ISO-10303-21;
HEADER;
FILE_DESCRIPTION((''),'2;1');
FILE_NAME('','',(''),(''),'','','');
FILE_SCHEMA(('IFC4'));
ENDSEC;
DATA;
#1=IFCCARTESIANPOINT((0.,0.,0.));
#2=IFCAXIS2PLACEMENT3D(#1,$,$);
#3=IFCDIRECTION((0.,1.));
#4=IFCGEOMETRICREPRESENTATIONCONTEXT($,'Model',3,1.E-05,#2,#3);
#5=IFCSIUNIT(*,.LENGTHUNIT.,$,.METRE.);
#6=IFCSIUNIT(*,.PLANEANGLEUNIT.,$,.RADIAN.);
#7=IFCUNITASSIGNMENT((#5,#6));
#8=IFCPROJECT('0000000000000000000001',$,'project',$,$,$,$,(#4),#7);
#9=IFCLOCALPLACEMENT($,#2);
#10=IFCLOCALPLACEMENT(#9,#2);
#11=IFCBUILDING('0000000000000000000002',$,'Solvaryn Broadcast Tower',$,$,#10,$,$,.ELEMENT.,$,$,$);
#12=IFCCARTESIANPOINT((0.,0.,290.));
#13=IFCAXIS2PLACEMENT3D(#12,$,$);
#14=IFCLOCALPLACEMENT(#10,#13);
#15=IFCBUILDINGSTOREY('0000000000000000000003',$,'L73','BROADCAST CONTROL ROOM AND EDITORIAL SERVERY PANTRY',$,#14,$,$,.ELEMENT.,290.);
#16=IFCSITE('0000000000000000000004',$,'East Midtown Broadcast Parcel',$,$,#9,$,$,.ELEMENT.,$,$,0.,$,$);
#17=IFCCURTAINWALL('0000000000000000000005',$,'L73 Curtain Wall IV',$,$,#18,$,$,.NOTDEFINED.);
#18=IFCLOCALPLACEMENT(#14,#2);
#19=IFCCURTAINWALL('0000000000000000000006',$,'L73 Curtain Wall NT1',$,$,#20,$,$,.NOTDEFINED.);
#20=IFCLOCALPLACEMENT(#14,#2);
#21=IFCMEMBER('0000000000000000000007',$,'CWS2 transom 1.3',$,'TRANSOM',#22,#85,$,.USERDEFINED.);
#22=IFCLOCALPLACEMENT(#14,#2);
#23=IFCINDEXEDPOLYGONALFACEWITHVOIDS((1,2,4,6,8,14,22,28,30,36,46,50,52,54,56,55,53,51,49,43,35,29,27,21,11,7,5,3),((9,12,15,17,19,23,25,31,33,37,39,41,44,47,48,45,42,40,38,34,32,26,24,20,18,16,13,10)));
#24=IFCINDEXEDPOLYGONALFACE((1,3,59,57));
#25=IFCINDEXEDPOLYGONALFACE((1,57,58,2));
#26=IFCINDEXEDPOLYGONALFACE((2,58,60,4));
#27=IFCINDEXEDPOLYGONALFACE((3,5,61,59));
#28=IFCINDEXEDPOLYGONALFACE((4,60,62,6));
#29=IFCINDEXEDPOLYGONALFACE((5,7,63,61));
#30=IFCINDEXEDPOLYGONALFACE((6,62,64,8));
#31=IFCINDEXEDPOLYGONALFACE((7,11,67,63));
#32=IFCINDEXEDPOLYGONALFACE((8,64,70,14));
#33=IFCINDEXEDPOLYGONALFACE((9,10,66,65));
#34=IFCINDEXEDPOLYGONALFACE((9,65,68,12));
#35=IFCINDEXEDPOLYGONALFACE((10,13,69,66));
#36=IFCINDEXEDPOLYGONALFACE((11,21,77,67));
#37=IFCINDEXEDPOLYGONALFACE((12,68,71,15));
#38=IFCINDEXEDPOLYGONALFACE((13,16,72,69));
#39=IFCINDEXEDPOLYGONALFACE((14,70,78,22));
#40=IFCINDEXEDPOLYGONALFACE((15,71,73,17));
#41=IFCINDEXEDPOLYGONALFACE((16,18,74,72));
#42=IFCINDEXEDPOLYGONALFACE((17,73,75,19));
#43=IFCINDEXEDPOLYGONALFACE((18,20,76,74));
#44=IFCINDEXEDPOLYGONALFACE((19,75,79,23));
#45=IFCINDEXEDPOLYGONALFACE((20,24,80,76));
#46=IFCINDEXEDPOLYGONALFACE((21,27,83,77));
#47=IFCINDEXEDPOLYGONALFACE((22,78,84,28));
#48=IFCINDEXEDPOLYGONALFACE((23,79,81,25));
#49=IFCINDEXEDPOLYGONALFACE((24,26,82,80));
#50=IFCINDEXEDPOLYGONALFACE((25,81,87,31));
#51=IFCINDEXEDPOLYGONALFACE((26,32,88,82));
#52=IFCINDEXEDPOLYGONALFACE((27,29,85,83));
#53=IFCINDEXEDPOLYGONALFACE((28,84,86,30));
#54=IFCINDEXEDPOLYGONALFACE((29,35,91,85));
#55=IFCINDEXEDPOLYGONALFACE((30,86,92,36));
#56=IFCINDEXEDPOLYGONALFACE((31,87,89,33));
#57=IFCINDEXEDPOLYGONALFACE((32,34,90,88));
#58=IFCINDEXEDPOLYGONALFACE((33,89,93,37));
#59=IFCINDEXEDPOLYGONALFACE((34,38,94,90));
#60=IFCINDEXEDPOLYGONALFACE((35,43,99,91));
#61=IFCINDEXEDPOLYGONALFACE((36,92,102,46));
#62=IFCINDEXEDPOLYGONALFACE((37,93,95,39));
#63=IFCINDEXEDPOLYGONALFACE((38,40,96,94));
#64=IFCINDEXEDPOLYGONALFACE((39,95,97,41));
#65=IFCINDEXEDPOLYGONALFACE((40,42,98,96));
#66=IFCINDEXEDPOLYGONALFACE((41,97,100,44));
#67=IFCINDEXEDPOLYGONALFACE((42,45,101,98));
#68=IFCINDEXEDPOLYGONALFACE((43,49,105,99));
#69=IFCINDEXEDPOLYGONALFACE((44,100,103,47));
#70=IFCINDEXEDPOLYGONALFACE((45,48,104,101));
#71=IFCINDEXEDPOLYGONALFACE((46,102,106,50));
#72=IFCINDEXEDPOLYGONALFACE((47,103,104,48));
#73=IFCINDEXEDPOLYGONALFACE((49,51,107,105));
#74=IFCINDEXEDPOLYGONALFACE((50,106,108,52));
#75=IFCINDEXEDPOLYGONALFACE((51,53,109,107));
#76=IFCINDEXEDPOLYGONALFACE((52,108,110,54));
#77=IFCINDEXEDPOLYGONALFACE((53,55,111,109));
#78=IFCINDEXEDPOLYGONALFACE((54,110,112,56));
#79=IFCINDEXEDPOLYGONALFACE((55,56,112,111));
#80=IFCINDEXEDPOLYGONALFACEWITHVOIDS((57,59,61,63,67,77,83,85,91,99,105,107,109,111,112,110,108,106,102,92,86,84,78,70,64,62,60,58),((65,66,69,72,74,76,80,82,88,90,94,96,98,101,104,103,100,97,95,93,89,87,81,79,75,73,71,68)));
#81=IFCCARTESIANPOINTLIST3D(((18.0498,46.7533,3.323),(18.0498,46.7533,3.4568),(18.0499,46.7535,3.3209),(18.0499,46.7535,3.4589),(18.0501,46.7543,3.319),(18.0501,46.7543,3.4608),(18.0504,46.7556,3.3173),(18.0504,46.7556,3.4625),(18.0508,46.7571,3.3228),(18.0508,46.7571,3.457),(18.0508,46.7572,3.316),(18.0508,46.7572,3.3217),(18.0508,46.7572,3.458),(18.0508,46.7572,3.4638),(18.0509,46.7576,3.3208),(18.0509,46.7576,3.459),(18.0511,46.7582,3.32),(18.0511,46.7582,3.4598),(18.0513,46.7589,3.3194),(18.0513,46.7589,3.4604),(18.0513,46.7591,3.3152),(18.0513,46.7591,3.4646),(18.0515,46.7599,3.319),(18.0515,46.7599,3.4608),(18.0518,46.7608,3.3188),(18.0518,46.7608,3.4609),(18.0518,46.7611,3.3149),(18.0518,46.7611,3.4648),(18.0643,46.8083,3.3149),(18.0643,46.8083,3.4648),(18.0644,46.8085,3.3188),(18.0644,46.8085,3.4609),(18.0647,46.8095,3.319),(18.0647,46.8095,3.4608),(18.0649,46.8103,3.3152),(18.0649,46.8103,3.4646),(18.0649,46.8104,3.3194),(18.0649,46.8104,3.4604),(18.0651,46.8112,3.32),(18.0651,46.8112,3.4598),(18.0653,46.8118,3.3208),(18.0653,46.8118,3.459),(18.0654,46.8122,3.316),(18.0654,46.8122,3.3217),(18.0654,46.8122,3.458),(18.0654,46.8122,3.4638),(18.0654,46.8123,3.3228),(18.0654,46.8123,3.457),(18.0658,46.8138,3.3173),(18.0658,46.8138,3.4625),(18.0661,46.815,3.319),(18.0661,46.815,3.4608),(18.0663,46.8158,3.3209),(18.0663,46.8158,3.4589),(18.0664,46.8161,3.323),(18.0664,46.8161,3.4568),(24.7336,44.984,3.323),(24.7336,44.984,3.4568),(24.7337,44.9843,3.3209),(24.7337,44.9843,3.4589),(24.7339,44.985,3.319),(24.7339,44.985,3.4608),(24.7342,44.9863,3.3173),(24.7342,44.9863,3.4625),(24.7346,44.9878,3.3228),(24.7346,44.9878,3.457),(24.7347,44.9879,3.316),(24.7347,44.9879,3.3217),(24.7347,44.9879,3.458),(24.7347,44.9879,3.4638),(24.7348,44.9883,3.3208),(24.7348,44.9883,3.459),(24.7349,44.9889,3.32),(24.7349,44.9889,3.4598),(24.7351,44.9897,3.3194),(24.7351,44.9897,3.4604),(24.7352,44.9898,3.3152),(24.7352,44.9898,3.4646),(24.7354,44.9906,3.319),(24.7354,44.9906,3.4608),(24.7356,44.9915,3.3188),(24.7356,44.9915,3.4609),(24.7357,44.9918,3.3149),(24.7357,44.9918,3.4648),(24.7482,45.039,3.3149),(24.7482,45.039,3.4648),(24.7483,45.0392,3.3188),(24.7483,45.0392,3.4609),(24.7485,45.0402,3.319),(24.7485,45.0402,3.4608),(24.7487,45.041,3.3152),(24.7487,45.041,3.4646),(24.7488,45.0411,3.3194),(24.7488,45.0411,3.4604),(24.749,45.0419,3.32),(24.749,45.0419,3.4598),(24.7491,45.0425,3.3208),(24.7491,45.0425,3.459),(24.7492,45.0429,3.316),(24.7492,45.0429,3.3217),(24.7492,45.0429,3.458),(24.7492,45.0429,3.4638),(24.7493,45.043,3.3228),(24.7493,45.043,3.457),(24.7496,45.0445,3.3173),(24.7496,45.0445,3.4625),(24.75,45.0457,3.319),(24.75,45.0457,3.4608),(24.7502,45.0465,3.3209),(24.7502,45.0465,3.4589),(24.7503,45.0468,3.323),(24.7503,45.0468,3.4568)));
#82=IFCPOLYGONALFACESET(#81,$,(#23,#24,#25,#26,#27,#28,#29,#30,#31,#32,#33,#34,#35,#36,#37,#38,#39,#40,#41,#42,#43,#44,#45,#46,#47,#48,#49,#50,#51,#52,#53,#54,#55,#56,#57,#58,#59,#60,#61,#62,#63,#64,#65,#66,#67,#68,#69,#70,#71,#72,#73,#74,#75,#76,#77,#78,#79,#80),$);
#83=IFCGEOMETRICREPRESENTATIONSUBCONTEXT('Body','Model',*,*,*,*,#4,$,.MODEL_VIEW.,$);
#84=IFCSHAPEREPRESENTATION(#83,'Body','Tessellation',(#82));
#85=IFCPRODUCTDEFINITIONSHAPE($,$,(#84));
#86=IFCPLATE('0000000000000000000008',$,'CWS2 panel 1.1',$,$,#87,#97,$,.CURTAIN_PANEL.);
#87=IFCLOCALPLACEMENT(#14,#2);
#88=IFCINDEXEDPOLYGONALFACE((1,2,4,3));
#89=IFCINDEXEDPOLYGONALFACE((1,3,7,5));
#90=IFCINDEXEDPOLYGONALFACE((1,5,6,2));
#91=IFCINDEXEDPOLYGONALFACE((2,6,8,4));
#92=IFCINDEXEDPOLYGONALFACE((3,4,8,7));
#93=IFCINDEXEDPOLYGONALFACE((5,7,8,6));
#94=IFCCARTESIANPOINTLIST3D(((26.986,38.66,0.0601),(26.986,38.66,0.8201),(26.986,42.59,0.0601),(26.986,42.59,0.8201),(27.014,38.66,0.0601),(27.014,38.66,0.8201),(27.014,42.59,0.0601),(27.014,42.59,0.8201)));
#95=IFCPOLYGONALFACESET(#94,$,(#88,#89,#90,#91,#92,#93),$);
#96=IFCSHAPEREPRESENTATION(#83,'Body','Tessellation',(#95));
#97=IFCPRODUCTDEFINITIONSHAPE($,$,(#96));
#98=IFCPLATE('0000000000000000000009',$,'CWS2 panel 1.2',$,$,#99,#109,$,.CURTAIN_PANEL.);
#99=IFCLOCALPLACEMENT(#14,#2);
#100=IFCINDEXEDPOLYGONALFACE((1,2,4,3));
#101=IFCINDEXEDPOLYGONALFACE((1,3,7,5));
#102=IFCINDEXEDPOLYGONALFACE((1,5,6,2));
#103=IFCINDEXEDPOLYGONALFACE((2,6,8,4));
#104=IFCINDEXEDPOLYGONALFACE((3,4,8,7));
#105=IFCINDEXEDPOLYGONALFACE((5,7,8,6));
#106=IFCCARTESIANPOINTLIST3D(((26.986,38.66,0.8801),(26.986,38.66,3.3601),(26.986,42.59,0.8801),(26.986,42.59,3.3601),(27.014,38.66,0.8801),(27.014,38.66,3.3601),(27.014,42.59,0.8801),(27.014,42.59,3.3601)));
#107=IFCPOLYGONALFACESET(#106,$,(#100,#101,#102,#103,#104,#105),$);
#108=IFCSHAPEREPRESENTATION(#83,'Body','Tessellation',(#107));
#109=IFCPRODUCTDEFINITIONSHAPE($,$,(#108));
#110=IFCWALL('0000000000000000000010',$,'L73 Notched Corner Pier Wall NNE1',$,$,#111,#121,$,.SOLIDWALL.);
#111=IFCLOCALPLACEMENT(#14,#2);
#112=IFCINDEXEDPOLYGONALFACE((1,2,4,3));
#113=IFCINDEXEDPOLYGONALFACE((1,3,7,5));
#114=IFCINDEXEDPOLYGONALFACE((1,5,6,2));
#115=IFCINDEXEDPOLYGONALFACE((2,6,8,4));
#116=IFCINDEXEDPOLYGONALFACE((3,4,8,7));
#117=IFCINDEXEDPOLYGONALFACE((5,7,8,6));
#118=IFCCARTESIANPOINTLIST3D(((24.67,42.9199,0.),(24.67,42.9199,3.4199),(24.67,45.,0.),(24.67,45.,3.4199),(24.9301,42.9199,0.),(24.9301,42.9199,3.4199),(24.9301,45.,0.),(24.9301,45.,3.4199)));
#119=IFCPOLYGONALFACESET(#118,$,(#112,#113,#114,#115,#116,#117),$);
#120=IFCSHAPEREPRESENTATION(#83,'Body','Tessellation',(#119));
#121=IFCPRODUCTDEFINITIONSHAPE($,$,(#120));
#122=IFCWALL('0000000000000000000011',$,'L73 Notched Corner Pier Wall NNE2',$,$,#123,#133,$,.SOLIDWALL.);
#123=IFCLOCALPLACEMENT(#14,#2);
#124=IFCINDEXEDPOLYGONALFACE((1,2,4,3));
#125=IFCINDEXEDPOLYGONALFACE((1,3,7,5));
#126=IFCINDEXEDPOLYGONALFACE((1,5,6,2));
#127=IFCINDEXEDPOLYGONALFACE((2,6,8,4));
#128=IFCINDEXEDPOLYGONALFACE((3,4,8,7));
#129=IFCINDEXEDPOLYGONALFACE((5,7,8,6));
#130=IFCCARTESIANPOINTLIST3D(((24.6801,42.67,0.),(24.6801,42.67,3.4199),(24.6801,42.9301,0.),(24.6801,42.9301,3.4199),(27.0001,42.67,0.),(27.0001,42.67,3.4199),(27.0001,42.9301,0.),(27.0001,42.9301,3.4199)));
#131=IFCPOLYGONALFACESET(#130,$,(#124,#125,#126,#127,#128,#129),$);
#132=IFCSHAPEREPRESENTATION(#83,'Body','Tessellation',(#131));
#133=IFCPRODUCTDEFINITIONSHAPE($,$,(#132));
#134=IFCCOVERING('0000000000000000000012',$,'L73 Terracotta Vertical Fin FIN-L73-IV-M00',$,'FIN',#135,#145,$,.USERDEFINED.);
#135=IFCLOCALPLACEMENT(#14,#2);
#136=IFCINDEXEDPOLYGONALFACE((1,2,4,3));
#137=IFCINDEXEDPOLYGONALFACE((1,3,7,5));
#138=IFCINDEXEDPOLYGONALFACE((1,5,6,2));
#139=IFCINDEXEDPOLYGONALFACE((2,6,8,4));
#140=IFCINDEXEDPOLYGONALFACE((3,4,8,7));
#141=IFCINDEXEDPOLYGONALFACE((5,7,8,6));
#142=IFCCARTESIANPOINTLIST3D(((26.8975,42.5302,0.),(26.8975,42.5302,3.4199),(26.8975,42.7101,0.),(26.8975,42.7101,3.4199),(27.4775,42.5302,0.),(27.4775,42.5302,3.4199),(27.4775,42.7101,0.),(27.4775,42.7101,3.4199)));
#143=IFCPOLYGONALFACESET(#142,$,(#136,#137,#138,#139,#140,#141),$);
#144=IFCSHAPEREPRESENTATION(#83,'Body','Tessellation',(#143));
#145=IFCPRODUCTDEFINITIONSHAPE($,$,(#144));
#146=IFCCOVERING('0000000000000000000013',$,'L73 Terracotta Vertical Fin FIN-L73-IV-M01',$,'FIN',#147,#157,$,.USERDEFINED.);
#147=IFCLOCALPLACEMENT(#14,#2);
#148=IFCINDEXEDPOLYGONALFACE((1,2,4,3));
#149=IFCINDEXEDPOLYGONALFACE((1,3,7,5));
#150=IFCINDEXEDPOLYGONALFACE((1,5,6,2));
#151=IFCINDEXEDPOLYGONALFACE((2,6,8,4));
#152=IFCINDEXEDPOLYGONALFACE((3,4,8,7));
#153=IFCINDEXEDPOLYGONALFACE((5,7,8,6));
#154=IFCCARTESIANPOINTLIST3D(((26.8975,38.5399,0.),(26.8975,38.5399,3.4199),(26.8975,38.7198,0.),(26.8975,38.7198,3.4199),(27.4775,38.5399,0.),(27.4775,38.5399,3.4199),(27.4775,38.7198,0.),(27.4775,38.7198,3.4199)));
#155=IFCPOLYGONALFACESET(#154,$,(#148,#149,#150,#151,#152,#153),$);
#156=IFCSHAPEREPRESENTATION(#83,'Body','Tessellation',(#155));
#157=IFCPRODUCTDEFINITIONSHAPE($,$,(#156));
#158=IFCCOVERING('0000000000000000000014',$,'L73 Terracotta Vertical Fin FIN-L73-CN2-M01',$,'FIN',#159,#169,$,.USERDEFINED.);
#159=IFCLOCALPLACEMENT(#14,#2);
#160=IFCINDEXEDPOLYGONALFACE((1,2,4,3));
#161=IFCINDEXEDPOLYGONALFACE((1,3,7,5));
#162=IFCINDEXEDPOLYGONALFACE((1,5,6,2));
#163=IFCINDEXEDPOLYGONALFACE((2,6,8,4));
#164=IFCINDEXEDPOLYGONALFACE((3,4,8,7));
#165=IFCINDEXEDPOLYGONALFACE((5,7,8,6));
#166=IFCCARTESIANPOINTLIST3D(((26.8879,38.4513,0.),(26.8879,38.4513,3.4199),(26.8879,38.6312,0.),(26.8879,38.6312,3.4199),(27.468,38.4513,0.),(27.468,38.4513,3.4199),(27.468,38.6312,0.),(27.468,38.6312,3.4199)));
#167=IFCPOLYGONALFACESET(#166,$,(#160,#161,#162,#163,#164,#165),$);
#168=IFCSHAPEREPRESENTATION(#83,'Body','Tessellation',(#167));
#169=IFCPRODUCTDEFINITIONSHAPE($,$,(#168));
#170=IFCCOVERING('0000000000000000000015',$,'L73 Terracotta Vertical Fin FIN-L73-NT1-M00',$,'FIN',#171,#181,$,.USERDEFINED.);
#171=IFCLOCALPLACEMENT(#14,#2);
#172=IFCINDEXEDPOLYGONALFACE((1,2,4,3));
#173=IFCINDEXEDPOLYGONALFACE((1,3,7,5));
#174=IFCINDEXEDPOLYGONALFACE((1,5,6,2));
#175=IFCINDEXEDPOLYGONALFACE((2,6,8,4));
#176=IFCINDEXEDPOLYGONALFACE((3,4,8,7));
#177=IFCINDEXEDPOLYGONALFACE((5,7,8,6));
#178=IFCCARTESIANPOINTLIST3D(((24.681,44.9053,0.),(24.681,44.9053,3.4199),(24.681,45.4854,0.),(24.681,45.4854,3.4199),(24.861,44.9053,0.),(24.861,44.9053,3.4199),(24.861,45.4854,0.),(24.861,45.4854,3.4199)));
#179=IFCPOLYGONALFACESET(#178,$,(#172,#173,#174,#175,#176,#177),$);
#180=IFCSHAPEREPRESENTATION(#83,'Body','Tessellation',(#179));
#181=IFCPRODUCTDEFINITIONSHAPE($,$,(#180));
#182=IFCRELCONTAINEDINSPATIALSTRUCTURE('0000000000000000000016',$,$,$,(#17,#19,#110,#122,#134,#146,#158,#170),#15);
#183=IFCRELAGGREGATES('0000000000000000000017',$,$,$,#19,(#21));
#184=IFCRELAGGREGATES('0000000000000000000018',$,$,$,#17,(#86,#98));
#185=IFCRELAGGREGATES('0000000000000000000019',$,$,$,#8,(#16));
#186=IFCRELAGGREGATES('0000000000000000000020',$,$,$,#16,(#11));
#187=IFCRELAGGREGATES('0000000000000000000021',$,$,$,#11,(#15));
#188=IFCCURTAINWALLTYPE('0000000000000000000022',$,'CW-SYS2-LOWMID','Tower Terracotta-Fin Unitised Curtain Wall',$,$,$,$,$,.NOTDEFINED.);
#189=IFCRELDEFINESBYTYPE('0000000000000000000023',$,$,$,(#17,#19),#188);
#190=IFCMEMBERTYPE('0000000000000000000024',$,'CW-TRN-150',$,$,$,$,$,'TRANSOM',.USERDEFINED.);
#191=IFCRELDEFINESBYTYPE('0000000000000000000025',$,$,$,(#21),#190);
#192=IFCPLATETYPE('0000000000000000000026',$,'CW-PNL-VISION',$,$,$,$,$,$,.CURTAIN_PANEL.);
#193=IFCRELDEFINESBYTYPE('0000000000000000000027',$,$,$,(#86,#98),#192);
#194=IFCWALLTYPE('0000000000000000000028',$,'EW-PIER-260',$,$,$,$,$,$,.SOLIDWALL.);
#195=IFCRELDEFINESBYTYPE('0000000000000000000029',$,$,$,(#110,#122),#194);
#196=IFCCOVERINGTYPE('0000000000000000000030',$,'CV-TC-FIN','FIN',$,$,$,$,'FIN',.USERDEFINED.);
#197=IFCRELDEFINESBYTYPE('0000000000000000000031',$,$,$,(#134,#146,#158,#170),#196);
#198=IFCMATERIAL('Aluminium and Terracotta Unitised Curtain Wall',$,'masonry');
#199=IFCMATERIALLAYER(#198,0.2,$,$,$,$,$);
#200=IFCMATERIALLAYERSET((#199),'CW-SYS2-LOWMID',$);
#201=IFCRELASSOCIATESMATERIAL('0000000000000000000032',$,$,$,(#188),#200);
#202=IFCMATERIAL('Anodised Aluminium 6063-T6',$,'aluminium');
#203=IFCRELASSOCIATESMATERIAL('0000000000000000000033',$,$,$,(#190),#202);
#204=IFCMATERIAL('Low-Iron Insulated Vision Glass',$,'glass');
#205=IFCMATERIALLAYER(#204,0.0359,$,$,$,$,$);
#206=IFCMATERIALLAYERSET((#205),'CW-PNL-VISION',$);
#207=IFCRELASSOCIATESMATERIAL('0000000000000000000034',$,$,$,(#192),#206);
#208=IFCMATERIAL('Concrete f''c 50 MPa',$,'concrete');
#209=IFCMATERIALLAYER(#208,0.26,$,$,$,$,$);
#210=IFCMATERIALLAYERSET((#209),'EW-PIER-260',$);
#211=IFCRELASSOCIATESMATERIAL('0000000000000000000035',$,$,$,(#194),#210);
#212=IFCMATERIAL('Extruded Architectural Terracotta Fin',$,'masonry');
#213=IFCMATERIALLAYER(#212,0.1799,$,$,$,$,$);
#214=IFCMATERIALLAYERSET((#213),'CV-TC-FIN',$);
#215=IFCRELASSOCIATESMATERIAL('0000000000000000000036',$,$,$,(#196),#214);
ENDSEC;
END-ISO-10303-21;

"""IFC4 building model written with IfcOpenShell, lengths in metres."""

from ifc_helpers import new_model, si_unit, direction, frame, frame_2d, origin, origin_2d, place, context, subcontext, project, spatial, rectangle, hollow_rectangle, extrude, material, layer, layer_set, material_profile, profile_set, type_object, element, aggregate, save


model = new_model("IFC4")

# Units and contexts
model_context = context("Model", 3, precision=1e-05, world=origin(), true_north=direction((0.0, 1.0)))
body_context = subcontext(model_context, "Body", "Model", "MODEL_VIEW")
ifc_project = project(units=[si_unit("LENGTHUNIT", "METRE"), si_unit("PLANEANGLEUNIT", "RADIAN")], contexts=[model_context])

# Site, building, storey
site_placement = place(None, origin())
site = spatial("IfcSite", under=ifc_project, at=site_placement, Name="East Midtown Broadcast Parcel", CompositionType="ELEMENT", RefElevation=0.0)
building_placement = place(site_placement, origin())
building = spatial("IfcBuilding", under=site, at=building_placement, Name="Solvaryn Broadcast Tower", CompositionType="ELEMENT")
storey_placement = place(building_placement, frame((0.0, 0.0, 290.0)))
storey = spatial("IfcBuildingStorey", under=building, at=storey_placement, Name="L73", Description="BROADCAST CONTROL ROOM AND EDITORIAL SERVERY PANTRY", CompositionType="ELEMENT", Elevation=290.0)

# Curtain wall
ifc_material_1 = material(Name="Aluminium and Terracotta Unitised Curtain Wall", Category="masonry")
ifc_layer_1 = layer(ifc_material_1, 0.2)
ifc_layer_set_1 = layer_set([ifc_layer_1], Name="CW-SYS2-LOWMID")
curtain_wall_type = type_object("IfcCurtainWallType", Name="CW-SYS2-LOWMID", Description="Tower Terracotta-Fin Unitised Curtain Wall", PredefinedType="NOTDEFINED", material=ifc_layer_set_1)
curtain_wall_1_placement = place(storey_placement, origin())
curtain_wall_1 = element("IfcCurtainWall", 1, at=curtain_wall_1_placement, inside=storey, type_object=curtain_wall_type, Name="L73 Curtain Wall IV", PredefinedType="NOTDEFINED")

# Curtain wall
curtain_wall_2_placement = place(storey_placement, origin())
curtain_wall_2 = element("IfcCurtainWall", 2, at=curtain_wall_2_placement, inside=storey, type_object=curtain_wall_type, Name="L73 Curtain Wall NT1", PredefinedType="NOTDEFINED")

# Member
ifc_material_2 = material(Name="Anodised Aluminium 6063-T6", Category="aluminium")
ifc_material_profile_1 = material_profile(ifc_material_2, hollow_rectangle(XDim=0.0649, YDim=0.1499, WallThickness=0.0039, InnerFilletRadius=0.0039, OuterFilletRadius=0.0081, at=origin_2d()))
ifc_profile_set_1 = profile_set([ifc_material_profile_1], Name="Anodised Aluminium 6063-T6")
member_type_1 = type_object("IfcMemberType", Name="CW-TRN-150", ElementType="TRANSOM", PredefinedType="USERDEFINED", material=ifc_profile_set_1)
member_1_placement = place(storey_placement, frame((24.7419, 45.0154, 3.3899), z_axis=(-0.966704, 0.255897, 0.0), x_axis=(-0.255897, -0.966704, 0.0)))
member_1 = element("IfcMember", 3, at=member_1_placement, type_object=member_type_1, Name="CWS2 transom 1.3", ObjectType="TRANSOM", PredefinedType="USERDEFINED", context=body_context, shape_type="SweptSolid", body=[
    extrude(hollow_rectangle(XDim=0.0649, YDim=0.1499, WallThickness=0.0039, InnerFilletRadius=0.0039, OuterFilletRadius=0.0081, at=origin_2d()), origin(), (0.0, 0.0, 1.0), 6.9141),
])
aggregate(curtain_wall_2, [member_1])

# Plates
ifc_material_3 = material(Name="Low-Iron Insulated Vision Glass", Category="glass")
ifc_layer_2 = layer(ifc_material_3, 0.0359)
ifc_layer_set_2 = layer_set([ifc_layer_2], Name="CW-PNL-VISION")
plate_type = type_object("IfcPlateType", Name="CW-PNL-VISION", PredefinedType="CURTAIN_PANEL", material=ifc_layer_set_2)
plate_1_placement = place(storey_placement, frame((27.0, 40.625, 0.0601), z_axis=(0.0, 0.0, 1.0), x_axis=(0.0, -1.0, 0.0)))
plate_1 = element("IfcPlate", 4, at=plate_1_placement, type_object=plate_type, Name="CWS2 panel 1.1", PredefinedType="CURTAIN_PANEL", context=body_context, shape_type="SweptSolid", body=[
    extrude(rectangle(XDim=3.9299, YDim=0.0281, at=origin_2d()), origin(), (0.0, 0.0, 1.0), 0.76),
])
plate_2_placement = place(storey_placement, frame((27.0, 40.625, 0.8801), z_axis=(0.0, 0.0, 1.0), x_axis=(0.0, -1.0, 0.0)))
plate_2 = element("IfcPlate", 5, at=plate_2_placement, type_object=plate_type, Name="CWS2 panel 1.2", PredefinedType="CURTAIN_PANEL", context=body_context, shape_type="SweptSolid", body=[
    extrude(rectangle(XDim=3.9299, YDim=0.0281, at=origin_2d()), origin(), (0.0, 0.0, 1.0), 2.48),
])
aggregate(curtain_wall_1, [plate_1, plate_2])

# Walls
ifc_material_4 = material(Name="Concrete f'c 50 MPa", Category="concrete")
ifc_layer_3 = layer(ifc_material_4, 0.26)
ifc_layer_set_3 = layer_set([ifc_layer_3], Name="EW-PIER-260")
wall_type_1 = type_object("IfcWallType", Name="EW-PIER-260", PredefinedType="SOLIDWALL", material=ifc_layer_set_3)
wall_1_placement = place(storey_placement, frame((24.8, 45.0, 0.0), z_axis=(0.0, 0.0, 1.0), x_axis=(0.0, -1.0, 0.0)))
element("IfcWall", 6, at=wall_1_placement, inside=storey, type_object=wall_type_1, Name="L73 Notched Corner Pier Wall NNE1", PredefinedType="SOLIDWALL", context=body_context, shape_type="SweptSolid", body=[
    extrude(rectangle(XDim=2.0801, YDim=0.26, at=frame_2d((1.04, 0.0))), origin(), (0.0, 0.0, 1.0), 3.4199),
])
wall_2_placement = place(storey_placement, frame((24.6799, 42.8, 0.0), z_axis=(0.0, 0.0, 1.0), x_axis=(1.0, 0.0, 0.0)))
element("IfcWall", 7, at=wall_2_placement, inside=storey, type_object=wall_type_1, Name="L73 Notched Corner Pier Wall NNE2", PredefinedType="SOLIDWALL", context=body_context, shape_type="SweptSolid", body=[
    extrude(rectangle(XDim=2.3201, YDim=0.26, at=frame_2d((1.1602, 0.0))), origin(), (0.0, 0.0, 1.0), 3.4199),
])

# Coverings
ifc_material_5 = material(Name="Extruded Architectural Terracotta Fin", Category="masonry")
ifc_layer_4 = layer(ifc_material_5, 0.1799)
ifc_layer_set_4 = layer_set([ifc_layer_4], Name="CV-TC-FIN")
covering_type = type_object("IfcCoveringType", Name="CV-TC-FIN", Description="FIN", ElementType="FIN", PredefinedType="USERDEFINED", material=ifc_layer_set_4)
for number, where, z_axis, x_axis, name in (
    (8, (27.1875, 42.6201, 0.0), (0.0, 0.0, 1.0), (1.0, 0.0, 0.0), "L73 Terracotta Vertical Fin FIN-L73-IV-M00"),
    (9, (27.1875, 38.6299, 0.0), (0.0, 0.0, 1.0), (1.0, 0.0, 0.0), "L73 Terracotta Vertical Fin FIN-L73-IV-M01"),
    (10, (27.178, 38.5413, 0.0), (0.0, 0.0, 1.0), (1.0, 0.0, 0.0), "L73 Terracotta Vertical Fin FIN-L73-CN2-M01"),
):
    element("IfcCovering", number, at=place(storey_placement, frame(where, z_axis=z_axis, x_axis=x_axis)), inside=storey, type_object=covering_type, Name=name, ObjectType="FIN", PredefinedType="USERDEFINED", context=body_context, shape_type="SweptSolid", body=[
        extrude(rectangle(XDim=0.5801, YDim=0.1799, at=origin_2d()), origin(), (0.0, 0.0, 1.0), 3.4199),
    ])
covering_placement = place(storey_placement, frame((24.771, 45.1953, 0.0), z_axis=(0.0, 0.0, 1.0), x_axis=(1.0, 0.0, 0.0)))
element("IfcCovering", 11, at=covering_placement, inside=storey, type_object=covering_type, Name="L73 Terracotta Vertical Fin FIN-L73-NT1-M00", ObjectType="FIN", PredefinedType="USERDEFINED", context=body_context, shape_type="SweptSolid", body=[
    extrude(rectangle(XDim=0.1799, YDim=0.5801, at=origin_2d()), origin(), (0.0, 0.0, 1.0), 3.4199),
])

save(model, "model.ifc")
